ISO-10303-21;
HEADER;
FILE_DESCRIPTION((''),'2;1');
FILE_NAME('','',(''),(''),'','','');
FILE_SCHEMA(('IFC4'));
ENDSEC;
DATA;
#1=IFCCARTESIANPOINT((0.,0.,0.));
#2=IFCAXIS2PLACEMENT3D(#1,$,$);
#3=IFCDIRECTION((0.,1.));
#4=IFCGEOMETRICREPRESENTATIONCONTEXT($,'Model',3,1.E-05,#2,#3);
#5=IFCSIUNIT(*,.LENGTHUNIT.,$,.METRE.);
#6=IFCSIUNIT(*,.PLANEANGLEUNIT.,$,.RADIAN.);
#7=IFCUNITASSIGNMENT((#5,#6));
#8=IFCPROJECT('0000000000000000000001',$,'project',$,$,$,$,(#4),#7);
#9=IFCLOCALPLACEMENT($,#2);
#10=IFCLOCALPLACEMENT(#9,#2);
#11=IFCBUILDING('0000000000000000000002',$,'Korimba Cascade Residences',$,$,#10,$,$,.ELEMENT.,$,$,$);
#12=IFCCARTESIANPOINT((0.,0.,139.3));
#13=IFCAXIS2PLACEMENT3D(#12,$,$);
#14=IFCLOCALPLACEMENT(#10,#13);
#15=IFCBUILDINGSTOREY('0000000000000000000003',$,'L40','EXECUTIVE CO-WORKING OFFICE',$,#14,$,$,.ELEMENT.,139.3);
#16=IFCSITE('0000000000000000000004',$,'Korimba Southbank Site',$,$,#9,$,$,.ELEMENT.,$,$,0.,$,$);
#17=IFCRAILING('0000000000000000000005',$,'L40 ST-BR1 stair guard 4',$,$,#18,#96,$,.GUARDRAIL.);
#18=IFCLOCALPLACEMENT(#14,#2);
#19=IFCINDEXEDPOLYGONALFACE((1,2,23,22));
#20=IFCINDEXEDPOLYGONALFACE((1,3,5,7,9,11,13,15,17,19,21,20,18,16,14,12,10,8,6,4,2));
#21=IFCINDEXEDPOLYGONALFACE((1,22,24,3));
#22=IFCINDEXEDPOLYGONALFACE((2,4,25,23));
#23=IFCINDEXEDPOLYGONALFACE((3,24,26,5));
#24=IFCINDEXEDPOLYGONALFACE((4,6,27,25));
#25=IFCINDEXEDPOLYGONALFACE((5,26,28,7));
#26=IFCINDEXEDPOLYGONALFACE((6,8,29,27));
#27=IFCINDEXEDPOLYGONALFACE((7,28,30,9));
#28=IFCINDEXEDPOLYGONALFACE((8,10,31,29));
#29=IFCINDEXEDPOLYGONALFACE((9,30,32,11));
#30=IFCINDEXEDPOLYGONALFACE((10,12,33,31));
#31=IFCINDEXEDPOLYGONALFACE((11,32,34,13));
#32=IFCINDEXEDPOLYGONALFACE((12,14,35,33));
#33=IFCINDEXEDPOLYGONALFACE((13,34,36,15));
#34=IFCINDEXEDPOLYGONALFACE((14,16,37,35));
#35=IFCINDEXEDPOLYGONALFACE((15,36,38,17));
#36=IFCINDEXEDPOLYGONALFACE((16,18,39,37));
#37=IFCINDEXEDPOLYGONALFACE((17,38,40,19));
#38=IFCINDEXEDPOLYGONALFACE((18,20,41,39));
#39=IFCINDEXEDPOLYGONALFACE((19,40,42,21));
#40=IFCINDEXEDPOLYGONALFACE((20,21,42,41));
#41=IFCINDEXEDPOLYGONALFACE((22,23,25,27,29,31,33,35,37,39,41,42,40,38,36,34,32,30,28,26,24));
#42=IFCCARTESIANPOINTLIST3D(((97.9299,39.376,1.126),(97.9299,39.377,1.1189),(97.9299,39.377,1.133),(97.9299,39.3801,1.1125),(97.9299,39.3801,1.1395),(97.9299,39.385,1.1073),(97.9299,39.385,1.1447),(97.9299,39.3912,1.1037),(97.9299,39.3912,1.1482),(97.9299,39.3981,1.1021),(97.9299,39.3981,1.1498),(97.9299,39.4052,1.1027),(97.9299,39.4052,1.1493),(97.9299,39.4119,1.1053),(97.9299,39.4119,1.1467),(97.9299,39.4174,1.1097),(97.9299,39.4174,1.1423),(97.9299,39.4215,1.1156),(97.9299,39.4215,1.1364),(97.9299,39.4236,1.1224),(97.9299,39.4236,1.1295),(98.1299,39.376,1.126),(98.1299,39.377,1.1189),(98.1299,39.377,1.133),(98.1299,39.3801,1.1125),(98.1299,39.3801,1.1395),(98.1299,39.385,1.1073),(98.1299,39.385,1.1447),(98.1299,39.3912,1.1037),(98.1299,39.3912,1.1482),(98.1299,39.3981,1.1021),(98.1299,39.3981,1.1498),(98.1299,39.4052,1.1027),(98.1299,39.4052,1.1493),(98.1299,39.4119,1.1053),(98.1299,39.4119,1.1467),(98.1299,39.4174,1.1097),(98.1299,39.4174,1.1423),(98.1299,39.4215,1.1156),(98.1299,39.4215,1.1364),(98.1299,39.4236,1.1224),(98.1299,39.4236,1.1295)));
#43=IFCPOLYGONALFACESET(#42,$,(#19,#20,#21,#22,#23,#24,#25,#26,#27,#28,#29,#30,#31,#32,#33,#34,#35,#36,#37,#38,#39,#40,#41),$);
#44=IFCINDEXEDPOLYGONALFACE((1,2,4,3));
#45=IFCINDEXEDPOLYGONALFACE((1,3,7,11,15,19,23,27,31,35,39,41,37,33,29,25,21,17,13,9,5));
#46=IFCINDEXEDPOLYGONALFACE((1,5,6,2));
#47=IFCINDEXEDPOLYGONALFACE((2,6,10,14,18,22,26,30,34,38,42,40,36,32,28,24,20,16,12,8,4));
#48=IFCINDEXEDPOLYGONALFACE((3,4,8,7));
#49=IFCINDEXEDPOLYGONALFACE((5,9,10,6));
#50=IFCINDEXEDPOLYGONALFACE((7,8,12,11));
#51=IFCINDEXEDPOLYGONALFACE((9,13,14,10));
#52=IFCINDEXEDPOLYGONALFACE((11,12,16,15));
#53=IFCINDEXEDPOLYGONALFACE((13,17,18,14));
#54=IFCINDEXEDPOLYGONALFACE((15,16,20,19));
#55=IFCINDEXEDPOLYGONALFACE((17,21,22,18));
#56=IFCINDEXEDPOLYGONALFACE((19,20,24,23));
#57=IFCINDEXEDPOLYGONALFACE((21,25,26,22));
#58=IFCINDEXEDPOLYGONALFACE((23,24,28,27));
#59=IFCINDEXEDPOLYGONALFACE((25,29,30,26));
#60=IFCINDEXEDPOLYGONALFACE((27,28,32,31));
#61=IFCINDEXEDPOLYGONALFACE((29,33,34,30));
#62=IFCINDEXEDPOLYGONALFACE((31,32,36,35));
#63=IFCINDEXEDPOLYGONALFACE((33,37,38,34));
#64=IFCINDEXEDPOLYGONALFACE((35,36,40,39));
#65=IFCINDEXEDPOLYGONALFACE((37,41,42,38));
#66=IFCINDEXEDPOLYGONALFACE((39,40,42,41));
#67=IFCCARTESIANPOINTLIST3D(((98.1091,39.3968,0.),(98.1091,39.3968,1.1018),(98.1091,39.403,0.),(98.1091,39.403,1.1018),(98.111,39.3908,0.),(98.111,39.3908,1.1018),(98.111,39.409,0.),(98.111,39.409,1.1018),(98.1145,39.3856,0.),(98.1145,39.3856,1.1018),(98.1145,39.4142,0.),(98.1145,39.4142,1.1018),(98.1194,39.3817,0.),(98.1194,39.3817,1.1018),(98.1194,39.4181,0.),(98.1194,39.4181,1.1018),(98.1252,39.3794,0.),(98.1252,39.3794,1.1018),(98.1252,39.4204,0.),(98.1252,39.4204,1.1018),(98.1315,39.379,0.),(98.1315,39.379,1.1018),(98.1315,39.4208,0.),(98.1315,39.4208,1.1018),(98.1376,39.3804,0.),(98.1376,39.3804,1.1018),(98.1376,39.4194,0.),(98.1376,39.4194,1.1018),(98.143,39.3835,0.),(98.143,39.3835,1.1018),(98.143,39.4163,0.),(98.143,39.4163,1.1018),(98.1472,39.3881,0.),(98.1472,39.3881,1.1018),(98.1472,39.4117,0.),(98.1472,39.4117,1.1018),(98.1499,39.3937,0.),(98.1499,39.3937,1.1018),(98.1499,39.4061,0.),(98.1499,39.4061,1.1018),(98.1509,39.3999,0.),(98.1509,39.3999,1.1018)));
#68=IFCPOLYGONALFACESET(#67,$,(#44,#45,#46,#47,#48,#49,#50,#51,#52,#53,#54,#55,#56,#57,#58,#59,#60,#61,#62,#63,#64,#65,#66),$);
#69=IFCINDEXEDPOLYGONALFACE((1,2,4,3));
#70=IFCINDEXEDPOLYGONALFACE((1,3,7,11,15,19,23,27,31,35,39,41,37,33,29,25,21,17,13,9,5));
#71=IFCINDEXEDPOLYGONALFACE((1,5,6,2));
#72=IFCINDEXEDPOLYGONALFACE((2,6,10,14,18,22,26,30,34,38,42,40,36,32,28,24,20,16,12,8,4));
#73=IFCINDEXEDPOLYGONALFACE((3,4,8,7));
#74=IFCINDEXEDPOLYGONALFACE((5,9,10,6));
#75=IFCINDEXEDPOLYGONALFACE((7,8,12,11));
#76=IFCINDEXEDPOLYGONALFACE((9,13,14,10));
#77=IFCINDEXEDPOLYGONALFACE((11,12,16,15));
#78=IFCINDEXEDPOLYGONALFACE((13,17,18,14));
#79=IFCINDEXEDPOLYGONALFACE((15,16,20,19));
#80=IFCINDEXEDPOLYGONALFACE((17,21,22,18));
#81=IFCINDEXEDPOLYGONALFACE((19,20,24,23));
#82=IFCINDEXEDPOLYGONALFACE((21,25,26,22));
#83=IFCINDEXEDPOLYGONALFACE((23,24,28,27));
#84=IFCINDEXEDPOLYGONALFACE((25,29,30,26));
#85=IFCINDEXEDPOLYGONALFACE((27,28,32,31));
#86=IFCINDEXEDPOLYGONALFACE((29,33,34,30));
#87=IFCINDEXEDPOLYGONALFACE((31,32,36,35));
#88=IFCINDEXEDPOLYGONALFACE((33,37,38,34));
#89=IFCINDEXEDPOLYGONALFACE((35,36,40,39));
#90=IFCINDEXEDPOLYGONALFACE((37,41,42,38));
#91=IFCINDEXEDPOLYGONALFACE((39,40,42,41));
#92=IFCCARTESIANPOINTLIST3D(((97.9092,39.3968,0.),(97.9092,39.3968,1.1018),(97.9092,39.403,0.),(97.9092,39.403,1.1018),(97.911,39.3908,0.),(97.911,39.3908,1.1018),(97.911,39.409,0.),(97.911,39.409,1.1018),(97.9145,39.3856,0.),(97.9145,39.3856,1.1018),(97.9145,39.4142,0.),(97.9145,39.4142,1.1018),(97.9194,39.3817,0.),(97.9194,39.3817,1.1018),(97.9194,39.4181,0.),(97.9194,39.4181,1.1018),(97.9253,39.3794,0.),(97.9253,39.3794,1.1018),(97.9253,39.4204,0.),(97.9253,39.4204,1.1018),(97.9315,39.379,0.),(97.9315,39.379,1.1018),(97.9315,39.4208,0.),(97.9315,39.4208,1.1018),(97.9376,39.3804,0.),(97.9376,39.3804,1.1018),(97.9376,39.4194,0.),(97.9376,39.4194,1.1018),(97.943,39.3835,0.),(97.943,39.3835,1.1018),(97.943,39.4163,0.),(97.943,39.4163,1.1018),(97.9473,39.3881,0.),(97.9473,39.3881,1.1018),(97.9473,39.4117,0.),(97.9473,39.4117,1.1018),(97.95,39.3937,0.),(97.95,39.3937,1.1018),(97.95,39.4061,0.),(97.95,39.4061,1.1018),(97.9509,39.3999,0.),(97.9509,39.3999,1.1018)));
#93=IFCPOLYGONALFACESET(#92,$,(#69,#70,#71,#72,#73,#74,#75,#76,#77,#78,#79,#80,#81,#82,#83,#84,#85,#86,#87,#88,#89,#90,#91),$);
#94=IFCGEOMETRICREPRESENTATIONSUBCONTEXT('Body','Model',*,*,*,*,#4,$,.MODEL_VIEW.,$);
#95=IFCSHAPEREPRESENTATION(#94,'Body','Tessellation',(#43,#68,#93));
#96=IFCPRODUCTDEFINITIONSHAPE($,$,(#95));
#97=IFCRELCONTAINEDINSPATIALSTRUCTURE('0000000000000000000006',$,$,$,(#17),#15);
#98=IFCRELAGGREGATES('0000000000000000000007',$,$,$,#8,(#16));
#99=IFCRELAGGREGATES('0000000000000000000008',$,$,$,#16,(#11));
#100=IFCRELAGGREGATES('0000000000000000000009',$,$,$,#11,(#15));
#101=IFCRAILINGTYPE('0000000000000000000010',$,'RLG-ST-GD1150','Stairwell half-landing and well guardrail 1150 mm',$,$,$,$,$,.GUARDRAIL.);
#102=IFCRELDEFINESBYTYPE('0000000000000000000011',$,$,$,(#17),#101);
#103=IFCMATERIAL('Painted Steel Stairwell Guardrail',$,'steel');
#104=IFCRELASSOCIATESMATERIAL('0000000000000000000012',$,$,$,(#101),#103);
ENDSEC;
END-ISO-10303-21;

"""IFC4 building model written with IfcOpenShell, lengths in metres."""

from ifc_helpers import new_model, si_unit, direction, frame, origin, origin_2d, place, context, subcontext, project, spatial, circle, extrude, material, type_object, element, save


model = new_model("IFC4")

# Units and contexts
model_context = context("Model", 3, precision=1e-05, world=origin(), true_north=direction((0.0, 1.0)))
body_context = subcontext(model_context, "Body", "Model", "MODEL_VIEW")
ifc_project = project(units=[si_unit("LENGTHUNIT", "METRE"), si_unit("PLANEANGLEUNIT", "RADIAN")], contexts=[model_context])

# Site, building, storey
site_placement = place(None, origin())
site = spatial("IfcSite", under=ifc_project, at=site_placement, Name="Korimba Southbank Site", CompositionType="ELEMENT", RefElevation=0.0)
building_placement = place(site_placement, origin())
building = spatial("IfcBuilding", under=site, at=building_placement, Name="Korimba Cascade Residences", CompositionType="ELEMENT")
storey_placement = place(building_placement, frame((0.0, 0.0, 139.3)))
storey = spatial("IfcBuildingStorey", under=building, at=storey_placement, Name="L40", Description="EXECUTIVE CO-WORKING OFFICE", CompositionType="ELEMENT", Elevation=139.3)

# Railing
ifc_material_1 = material(Name="Painted Steel Stairwell Guardrail", Category="steel")
railing_type_1 = type_object("IfcRailingType", Name="RLG-ST-GD1150", Description="Stairwell half-landing and well guardrail 1150 mm", PredefinedType="GUARDRAIL", material=ifc_material_1)
railing_1_placement = place(storey_placement, frame((98.1299, 39.3999, 0.0)))
element("IfcRailing", 1, at=railing_1_placement, inside=storey, type_object=railing_type_1, Name="L40 ST-BR1 stair guard 4", PredefinedType="GUARDRAIL", context=body_context, shape_type="SweptSolid", body=[
    extrude(circle(Radius=0.0239, at=origin_2d()), frame((0.0, 0.0, 1.126), z_axis=(-1.0, 0.0, 0.0), x_axis=(0.0, -1.0, 0.0)), (0.0, 0.0, 1.0), 0.2),
    extrude(circle(Radius=0.021, at=origin_2d()), origin(), (0.0, 0.0, 1.0), 1.1018),
    extrude(circle(Radius=0.021, at=origin_2d()), frame((-0.2, 0.0, 0.0)), (0.0, 0.0, 1.0), 1.1018),
])

save(model, "model.ifc")
